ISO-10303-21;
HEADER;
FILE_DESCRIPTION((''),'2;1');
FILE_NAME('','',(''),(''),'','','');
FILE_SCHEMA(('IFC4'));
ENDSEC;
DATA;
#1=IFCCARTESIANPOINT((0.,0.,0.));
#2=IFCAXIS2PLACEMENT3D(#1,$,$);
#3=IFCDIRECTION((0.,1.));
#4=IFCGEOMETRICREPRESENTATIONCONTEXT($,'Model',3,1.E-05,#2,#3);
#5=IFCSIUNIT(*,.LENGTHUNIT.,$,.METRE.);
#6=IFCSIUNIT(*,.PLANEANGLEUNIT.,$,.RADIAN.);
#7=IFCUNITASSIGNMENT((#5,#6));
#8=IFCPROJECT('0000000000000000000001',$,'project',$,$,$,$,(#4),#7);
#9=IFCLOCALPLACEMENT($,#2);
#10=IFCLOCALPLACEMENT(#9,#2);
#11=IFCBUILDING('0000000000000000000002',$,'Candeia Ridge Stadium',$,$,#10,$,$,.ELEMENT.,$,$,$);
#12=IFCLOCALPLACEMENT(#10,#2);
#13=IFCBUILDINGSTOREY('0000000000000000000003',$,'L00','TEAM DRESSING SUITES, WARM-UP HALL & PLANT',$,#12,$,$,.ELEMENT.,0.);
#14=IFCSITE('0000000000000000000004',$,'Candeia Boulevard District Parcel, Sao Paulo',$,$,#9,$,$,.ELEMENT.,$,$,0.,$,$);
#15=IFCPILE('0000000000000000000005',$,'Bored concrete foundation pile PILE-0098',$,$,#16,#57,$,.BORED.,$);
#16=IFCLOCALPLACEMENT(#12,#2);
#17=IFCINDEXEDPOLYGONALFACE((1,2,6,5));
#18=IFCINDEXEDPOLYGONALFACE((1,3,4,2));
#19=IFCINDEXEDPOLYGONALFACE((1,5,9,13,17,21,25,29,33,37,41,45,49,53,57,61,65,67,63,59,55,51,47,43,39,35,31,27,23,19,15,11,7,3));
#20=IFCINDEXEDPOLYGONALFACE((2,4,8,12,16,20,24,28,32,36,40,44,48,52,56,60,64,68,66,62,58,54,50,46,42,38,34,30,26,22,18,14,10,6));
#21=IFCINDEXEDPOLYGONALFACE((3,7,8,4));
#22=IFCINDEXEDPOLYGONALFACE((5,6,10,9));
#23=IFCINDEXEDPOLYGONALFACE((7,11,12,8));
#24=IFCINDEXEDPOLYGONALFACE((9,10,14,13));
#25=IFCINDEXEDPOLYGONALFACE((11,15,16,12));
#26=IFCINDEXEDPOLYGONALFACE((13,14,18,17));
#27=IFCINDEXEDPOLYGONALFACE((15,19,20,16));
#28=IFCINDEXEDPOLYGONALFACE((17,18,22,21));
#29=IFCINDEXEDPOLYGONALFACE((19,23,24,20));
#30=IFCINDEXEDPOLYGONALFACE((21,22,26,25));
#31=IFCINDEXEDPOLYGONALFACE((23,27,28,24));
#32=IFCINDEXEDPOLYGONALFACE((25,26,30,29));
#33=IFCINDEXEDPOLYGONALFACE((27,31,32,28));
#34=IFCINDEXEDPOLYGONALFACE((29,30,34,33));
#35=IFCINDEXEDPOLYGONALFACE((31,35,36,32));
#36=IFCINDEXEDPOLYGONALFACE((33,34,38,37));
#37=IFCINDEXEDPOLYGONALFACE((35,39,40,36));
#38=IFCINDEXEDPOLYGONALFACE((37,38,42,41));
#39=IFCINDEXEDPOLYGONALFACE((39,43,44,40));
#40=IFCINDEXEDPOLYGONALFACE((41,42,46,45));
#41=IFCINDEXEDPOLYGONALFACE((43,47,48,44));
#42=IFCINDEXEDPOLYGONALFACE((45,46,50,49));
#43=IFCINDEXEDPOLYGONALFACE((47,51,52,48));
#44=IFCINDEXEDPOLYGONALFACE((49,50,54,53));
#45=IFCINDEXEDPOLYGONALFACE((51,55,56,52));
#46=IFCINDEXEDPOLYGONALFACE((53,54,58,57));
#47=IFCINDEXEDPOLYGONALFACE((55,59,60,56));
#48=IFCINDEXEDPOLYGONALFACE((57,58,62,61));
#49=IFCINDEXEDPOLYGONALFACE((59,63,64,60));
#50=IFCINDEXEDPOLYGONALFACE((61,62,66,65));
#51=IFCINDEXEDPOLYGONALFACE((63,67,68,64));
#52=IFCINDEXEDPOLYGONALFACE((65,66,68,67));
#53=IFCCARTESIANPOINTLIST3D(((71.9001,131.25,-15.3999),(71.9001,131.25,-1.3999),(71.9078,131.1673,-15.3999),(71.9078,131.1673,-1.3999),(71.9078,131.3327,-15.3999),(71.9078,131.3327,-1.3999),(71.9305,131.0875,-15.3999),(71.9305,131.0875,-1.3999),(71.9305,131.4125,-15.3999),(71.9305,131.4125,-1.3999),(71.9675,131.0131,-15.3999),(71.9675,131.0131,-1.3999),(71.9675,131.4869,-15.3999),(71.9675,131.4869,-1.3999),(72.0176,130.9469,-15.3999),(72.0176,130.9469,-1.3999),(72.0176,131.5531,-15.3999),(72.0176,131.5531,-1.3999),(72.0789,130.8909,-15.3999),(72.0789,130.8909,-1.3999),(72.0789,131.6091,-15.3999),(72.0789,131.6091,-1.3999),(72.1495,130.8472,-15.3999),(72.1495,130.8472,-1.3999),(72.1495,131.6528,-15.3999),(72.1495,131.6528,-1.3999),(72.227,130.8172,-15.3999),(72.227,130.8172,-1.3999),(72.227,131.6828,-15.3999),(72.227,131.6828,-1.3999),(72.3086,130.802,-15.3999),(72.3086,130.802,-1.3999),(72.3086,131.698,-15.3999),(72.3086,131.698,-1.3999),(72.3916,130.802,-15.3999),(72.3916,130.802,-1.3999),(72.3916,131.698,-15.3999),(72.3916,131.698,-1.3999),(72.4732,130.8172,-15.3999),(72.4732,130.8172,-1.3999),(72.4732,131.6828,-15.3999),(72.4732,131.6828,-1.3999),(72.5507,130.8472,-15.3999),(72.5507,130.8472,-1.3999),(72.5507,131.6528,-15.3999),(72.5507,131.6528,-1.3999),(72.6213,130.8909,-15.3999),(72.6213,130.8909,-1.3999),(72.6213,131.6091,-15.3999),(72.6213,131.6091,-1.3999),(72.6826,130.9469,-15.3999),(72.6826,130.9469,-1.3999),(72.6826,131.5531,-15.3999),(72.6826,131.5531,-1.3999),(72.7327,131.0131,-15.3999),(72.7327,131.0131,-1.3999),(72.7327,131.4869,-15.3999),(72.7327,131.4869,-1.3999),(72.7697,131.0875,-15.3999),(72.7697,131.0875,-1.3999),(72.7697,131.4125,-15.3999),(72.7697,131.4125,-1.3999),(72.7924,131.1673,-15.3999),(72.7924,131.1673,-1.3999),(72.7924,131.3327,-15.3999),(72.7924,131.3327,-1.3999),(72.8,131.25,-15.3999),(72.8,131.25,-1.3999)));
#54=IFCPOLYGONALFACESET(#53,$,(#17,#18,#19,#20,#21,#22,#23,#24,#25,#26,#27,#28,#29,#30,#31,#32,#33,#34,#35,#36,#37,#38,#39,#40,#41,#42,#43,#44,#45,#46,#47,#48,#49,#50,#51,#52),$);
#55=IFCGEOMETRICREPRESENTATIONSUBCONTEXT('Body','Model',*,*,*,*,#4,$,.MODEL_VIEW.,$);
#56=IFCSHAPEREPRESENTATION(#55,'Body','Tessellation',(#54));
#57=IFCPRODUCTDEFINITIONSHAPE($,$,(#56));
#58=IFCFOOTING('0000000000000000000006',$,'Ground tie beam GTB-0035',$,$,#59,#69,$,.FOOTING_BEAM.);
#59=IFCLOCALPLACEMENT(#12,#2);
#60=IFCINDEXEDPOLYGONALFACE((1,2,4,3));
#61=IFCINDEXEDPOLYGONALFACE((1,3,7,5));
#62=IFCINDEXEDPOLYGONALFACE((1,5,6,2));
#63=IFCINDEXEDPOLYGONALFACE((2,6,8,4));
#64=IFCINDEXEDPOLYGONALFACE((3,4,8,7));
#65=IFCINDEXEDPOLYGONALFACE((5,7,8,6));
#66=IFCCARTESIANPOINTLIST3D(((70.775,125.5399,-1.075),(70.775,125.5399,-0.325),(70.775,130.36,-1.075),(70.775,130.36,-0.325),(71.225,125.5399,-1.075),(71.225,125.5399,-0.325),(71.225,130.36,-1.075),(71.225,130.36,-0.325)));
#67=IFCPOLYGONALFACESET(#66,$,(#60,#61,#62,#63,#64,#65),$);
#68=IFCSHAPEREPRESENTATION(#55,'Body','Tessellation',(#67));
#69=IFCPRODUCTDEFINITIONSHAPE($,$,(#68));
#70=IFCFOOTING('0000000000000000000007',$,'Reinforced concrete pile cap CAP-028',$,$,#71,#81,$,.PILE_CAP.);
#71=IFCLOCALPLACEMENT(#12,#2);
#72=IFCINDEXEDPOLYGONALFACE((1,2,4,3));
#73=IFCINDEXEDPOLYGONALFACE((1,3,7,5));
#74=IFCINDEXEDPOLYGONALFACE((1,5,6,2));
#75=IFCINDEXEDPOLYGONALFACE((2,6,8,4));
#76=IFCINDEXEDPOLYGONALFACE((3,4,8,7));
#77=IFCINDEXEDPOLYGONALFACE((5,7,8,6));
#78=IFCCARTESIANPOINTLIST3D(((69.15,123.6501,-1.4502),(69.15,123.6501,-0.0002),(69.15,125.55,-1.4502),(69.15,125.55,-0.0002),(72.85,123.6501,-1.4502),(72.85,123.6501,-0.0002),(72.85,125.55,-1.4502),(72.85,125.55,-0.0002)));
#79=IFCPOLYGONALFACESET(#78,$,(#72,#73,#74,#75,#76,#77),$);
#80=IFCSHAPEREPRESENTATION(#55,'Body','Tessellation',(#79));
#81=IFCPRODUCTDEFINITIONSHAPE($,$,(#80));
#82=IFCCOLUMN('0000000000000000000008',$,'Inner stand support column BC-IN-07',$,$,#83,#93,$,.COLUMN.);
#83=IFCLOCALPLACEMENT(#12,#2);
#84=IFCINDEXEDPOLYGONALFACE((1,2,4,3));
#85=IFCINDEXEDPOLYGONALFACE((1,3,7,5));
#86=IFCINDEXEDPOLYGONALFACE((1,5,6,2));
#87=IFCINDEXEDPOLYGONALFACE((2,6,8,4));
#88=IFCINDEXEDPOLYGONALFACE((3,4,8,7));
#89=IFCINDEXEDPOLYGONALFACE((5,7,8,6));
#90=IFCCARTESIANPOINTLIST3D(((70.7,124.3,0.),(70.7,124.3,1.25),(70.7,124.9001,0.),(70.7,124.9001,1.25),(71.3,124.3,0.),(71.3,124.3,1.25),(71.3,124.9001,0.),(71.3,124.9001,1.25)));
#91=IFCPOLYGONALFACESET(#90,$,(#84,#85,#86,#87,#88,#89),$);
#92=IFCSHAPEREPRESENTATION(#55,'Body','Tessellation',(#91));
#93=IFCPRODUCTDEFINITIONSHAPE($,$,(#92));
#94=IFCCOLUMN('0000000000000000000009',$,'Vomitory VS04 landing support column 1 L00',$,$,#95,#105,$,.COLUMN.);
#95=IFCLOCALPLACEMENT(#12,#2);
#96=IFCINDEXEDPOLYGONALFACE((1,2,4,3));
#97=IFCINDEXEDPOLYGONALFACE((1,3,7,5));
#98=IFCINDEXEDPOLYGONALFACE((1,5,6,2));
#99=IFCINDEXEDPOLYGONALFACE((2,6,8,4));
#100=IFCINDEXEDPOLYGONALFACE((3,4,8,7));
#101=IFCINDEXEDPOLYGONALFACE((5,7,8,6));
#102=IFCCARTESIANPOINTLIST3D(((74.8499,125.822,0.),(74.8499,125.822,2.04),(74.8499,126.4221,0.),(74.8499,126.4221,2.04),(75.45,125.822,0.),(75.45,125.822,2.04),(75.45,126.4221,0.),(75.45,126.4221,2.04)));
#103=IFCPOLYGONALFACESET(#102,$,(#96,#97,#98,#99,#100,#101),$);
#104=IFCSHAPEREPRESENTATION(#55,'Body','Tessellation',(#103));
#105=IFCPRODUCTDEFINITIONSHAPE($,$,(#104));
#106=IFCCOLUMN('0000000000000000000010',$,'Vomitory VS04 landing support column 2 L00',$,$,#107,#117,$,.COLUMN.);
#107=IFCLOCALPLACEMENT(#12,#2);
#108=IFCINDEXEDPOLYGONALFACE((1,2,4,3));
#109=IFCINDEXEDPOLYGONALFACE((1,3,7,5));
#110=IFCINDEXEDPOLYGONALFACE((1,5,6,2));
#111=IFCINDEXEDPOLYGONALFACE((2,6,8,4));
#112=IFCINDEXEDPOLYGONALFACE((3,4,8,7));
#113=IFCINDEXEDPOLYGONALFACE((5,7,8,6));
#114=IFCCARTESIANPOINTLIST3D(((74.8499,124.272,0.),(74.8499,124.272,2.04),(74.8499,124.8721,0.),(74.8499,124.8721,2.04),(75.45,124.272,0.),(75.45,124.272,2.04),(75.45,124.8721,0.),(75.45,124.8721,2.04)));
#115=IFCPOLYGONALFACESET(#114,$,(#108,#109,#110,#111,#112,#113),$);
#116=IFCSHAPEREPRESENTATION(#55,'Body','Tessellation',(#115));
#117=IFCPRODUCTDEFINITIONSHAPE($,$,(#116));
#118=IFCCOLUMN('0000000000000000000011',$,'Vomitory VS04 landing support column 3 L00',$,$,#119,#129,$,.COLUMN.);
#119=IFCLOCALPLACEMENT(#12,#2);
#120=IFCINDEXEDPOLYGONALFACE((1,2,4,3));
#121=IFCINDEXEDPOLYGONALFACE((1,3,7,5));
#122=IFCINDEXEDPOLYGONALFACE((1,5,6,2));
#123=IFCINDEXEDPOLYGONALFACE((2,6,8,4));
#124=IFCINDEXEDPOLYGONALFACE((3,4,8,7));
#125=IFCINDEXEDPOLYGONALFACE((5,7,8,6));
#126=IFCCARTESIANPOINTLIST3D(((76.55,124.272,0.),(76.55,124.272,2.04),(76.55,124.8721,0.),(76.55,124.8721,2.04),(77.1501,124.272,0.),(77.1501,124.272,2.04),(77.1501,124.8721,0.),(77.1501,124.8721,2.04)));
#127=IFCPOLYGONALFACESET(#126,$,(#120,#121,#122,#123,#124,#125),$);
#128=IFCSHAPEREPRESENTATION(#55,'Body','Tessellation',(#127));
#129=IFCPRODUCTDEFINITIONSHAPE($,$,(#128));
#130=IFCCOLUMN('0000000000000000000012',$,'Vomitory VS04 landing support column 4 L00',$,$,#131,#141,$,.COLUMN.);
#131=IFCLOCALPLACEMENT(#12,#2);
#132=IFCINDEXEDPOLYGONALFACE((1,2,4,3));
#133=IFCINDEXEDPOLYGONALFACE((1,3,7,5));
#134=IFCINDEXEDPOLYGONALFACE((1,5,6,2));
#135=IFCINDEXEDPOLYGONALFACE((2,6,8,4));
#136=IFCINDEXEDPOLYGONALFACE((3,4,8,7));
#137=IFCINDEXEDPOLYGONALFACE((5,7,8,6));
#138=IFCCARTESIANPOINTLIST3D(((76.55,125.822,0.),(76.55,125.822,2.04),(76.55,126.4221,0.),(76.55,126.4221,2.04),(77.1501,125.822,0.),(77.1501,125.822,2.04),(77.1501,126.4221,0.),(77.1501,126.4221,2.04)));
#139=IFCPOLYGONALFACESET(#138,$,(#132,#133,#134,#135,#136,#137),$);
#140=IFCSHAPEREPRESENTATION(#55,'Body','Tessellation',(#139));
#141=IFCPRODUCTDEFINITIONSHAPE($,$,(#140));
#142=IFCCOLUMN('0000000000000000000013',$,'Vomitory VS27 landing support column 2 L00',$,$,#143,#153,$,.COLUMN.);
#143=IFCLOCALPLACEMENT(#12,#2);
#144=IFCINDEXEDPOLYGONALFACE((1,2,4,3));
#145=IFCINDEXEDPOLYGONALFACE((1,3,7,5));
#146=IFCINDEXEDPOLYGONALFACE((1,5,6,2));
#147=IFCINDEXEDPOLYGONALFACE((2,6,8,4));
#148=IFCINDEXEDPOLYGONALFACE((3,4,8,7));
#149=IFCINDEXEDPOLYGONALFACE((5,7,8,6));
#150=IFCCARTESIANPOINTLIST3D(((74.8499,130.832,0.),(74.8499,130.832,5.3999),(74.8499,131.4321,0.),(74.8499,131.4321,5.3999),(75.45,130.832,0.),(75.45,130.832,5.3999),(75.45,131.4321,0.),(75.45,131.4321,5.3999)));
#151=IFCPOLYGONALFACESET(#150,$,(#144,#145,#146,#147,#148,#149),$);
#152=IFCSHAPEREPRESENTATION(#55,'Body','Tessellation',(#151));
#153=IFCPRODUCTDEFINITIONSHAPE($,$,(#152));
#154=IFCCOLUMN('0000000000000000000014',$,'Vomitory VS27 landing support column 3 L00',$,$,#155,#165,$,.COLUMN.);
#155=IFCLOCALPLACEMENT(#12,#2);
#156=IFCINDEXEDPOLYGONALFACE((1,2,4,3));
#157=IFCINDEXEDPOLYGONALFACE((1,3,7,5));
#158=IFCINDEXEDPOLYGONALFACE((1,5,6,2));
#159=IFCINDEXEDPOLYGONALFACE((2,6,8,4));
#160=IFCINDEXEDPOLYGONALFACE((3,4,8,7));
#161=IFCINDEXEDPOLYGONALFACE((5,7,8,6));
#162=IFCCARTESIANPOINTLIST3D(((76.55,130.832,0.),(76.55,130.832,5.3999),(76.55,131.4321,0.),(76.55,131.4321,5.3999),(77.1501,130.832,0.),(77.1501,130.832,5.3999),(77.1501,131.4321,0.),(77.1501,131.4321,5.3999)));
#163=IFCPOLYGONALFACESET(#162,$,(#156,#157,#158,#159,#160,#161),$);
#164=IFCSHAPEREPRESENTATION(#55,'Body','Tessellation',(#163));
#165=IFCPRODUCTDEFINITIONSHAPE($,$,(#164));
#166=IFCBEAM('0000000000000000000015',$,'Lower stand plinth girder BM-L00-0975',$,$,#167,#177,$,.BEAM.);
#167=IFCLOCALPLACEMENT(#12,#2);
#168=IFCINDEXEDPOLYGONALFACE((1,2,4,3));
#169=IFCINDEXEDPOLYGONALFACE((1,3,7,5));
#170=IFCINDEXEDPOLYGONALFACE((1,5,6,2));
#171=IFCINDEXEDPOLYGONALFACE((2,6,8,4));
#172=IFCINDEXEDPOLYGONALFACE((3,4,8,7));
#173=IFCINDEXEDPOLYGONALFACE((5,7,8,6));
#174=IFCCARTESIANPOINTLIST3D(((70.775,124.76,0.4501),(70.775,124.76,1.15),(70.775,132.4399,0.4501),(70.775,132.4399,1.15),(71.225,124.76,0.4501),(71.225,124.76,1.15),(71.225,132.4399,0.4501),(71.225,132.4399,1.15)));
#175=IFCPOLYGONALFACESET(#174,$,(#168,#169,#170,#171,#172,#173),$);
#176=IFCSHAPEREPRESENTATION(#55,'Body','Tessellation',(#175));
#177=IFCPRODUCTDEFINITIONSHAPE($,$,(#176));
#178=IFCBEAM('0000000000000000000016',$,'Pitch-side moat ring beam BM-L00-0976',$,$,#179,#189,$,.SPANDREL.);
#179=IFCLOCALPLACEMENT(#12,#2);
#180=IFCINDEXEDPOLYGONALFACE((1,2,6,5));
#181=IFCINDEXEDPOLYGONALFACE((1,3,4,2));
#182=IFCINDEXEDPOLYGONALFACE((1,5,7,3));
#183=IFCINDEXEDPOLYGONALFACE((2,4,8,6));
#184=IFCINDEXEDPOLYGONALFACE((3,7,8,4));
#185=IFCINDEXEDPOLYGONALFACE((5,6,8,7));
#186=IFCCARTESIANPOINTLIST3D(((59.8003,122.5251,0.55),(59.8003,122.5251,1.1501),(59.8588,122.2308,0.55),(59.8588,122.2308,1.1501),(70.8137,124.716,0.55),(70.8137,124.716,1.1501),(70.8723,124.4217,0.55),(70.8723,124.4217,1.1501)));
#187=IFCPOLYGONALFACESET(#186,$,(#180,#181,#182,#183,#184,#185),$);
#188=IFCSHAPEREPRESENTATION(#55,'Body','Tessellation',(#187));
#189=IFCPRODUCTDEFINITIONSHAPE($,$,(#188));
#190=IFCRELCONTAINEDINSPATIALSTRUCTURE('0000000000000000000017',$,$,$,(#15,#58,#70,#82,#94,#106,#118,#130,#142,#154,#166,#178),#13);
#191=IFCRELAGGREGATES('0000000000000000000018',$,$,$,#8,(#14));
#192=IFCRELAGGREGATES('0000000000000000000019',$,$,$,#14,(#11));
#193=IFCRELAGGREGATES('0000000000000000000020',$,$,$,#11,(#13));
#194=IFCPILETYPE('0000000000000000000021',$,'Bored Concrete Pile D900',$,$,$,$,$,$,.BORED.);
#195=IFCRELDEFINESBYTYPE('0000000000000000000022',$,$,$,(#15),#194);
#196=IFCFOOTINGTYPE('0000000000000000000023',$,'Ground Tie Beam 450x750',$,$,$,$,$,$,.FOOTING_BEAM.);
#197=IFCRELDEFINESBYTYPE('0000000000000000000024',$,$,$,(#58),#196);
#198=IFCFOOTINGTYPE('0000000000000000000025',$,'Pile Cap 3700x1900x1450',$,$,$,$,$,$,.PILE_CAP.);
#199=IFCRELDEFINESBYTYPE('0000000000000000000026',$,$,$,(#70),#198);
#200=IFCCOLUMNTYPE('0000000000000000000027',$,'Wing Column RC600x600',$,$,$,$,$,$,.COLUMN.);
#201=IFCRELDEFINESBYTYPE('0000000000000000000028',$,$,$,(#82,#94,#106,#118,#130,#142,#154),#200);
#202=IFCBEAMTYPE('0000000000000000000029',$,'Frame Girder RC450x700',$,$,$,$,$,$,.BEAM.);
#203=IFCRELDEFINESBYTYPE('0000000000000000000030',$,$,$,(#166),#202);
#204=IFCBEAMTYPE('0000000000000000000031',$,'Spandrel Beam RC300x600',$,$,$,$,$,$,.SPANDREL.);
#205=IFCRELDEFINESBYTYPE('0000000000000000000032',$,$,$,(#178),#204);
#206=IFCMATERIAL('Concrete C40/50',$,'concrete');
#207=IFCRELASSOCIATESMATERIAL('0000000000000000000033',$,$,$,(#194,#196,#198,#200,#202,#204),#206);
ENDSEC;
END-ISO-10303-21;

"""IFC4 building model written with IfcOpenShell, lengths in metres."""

from ifc_helpers import new_model, si_unit, direction, frame, origin, origin_2d, place, context, subcontext, project, spatial, rectangle, circle, extrude, material, material_profile, profile_set, type_object, element, save


model = new_model("IFC4")

# Units and contexts
model_context = context("Model", 3, precision=1e-05, world=origin(), true_north=direction((0.0, 1.0)))
body_context = subcontext(model_context, "Body", "Model", "MODEL_VIEW")
ifc_project = project(units=[si_unit("LENGTHUNIT", "METRE"), si_unit("PLANEANGLEUNIT", "RADIAN")], contexts=[model_context])

# Site, building, storey
site_placement = place(None, origin())
site = spatial("IfcSite", under=ifc_project, at=site_placement, Name="Candeia Boulevard District Parcel, Sao Paulo", CompositionType="ELEMENT", RefElevation=0.0)
building_placement = place(site_placement, origin())
building = spatial("IfcBuilding", under=site, at=building_placement, Name="Candeia Ridge Stadium", CompositionType="ELEMENT")
storey_placement = place(building_placement, origin())
storey = spatial("IfcBuildingStorey", under=building, at=storey_placement, Name="L00", Description="TEAM DRESSING SUITES, WARM-UP HALL & PLANT", CompositionType="ELEMENT", Elevation=0.0)

# Pile
ifc_material_1 = material(Name="Concrete C40/50", Category="concrete")
ifc_material_profile_1 = material_profile(ifc_material_1, circle(Radius=0.45, at=origin_2d()), Name="PILE-D900", Category="concrete")
ifc_profile_set_1 = profile_set([ifc_material_profile_1], Name="Concrete C40/50")
pile_type_1 = type_object("IfcPileType", Name="Bored Concrete Pile D900", PredefinedType="BORED", material=ifc_profile_set_1)
pile_1_placement = place(storey_placement, frame((72.3501, 131.25, -1.3999), z_axis=(0.0, 0.0, -1.0), x_axis=(1.0, 0.0, 0.0)))
element("IfcPile", 1, at=pile_1_placement, inside=storey, type_object=pile_type_1, Name="Bored concrete foundation pile PILE-0098", PredefinedType="BORED", context=body_context, shape_type="SweptSolid", body=[
    extrude(circle(Radius=0.45, at=origin_2d()), origin(), (0.0, 0.0, 1.0), 14.0),
])

# Footings
footing_type_1 = type_object("IfcFootingType", Name="Ground Tie Beam 450x750", PredefinedType="FOOTING_BEAM", material=ifc_material_1)
footing_1_placement = place(storey_placement, frame((71.0, 127.95, -1.075), z_axis=(0.0, 0.0, 1.0), x_axis=(0.0, 1.0, 0.0)))
element("IfcFooting", 2, at=footing_1_placement, inside=storey, type_object=footing_type_1, Name="Ground tie beam GTB-0035", PredefinedType="FOOTING_BEAM", context=body_context, shape_type="SweptSolid", body=[
    extrude(rectangle(XDim=4.8201, YDim=0.45, at=origin_2d()), origin(), (0.0, 0.0, 1.0), 0.75),
])
footing_type_2 = type_object("IfcFootingType", Name="Pile Cap 3700x1900x1450", PredefinedType="PILE_CAP", material=ifc_material_1)
footing_2_placement = place(storey_placement, frame((71.0, 124.6001, -1.4502), z_axis=(0.0, 0.0, 1.0), x_axis=(1.0, 0.0, 0.0)))
element("IfcFooting", 3, at=footing_2_placement, inside=storey, type_object=footing_type_2, Name="Reinforced concrete pile cap CAP-028", PredefinedType="PILE_CAP", context=body_context, shape_type="SweptSolid", body=[
    extrude(rectangle(XDim=3.7, YDim=1.8999, at=origin_2d()), origin(), (0.0, 0.0, 1.0), 1.45),
])

# Columns
ifc_material_profile_2 = material_profile(ifc_material_1, rectangle(XDim=0.6001, YDim=0.6001, at=origin_2d()), Name="RC600x600", Category="concrete")
ifc_profile_set_2 = profile_set([ifc_material_profile_2], Name="Concrete C40/50")
column_type = type_object("IfcColumnType", Name="Wing Column RC600x600", PredefinedType="COLUMN", material=ifc_profile_set_2)
column_placement = place(storey_placement, frame((71.0, 124.6001, 0.0), z_axis=(0.0, 0.0, 1.0), x_axis=(1.0, 0.0, 0.0)))
element("IfcColumn", 4, at=column_placement, inside=storey, type_object=column_type, Name="Inner stand support column BC-IN-07", PredefinedType="COLUMN", context=body_context, shape_type="SweptSolid", body=[
    extrude(rectangle(XDim=0.6001, YDim=0.6001, at=origin_2d()), origin(), (0.0, 0.0, 1.0), 1.25),
])
for number, where, z_axis, x_axis, name in (
    (5, (75.1499, 126.1221, 0.0), (0.0, 0.0, 1.0), (1.0, 0.0, 0.0), "Vomitory VS04 landing support column 1 L00"),
    (6, (75.1499, 124.572, 0.0), (0.0, 0.0, 1.0), (1.0, 0.0, 0.0), "Vomitory VS04 landing support column 2 L00"),
    (7, (76.8501, 124.572, 0.0), (0.0, 0.0, 1.0), (1.0, 0.0, 0.0), "Vomitory VS04 landing support column 3 L00"),
    (8, (76.8501, 126.1221, 0.0), (0.0, 0.0, 1.0), (1.0, 0.0, 0.0), "Vomitory VS04 landing support column 4 L00"),
):
    element("IfcColumn", number, at=place(storey_placement, frame(where, z_axis=z_axis, x_axis=x_axis)), inside=storey, type_object=column_type, Name=name, PredefinedType="COLUMN", context=body_context, shape_type="SweptSolid", body=[
        extrude(rectangle(XDim=0.6001, YDim=0.6001, at=origin_2d()), origin(), (0.0, 0.0, 1.0), 2.04),
    ])
for number, where, z_axis, x_axis, name in (
    (9, (75.1499, 131.1321, 0.0), (0.0, 0.0, 1.0), (1.0, 0.0, 0.0), "Vomitory VS27 landing support column 2 L00"),
    (10, (76.8501, 131.1321, 0.0), (0.0, 0.0, 1.0), (1.0, 0.0, 0.0), "Vomitory VS27 landing support column 3 L00"),
):
    element("IfcColumn", number, at=place(storey_placement, frame(where, z_axis=z_axis, x_axis=x_axis)), inside=storey, type_object=column_type, Name=name, PredefinedType="COLUMN", context=body_context, shape_type="SweptSolid", body=[
        extrude(rectangle(XDim=0.6001, YDim=0.6001, at=origin_2d()), origin(), (0.0, 0.0, 1.0), 5.3999),
    ])

# Beams
ifc_material_profile_3 = material_profile(ifc_material_1, rectangle(XDim=0.45, YDim=0.7, at=origin_2d()), Name="RC450x700", Category="concrete")
ifc_profile_set_3 = profile_set([ifc_material_profile_3], Name="Concrete C40/50")
beam_type_1 = type_object("IfcBeamType", Name="Frame Girder RC450x700", PredefinedType="BEAM", material=ifc_profile_set_3)
beam_1_placement = place(storey_placement, frame((71.0, 124.76, 0.8), z_axis=(0.0, 1.0, 0.0), x_axis=(-1.0, 0.0, 0.0)))
element("IfcBeam", 11, at=beam_1_placement, inside=storey, type_object=beam_type_1, Name="Lower stand plinth girder BM-L00-0975", PredefinedType="BEAM", context=body_context, shape_type="SweptSolid", body=[
    extrude(rectangle(XDim=0.45, YDim=0.7, at=origin_2d()), origin(), (0.0, 0.0, 1.0), 7.6799),
])
ifc_material_profile_4 = material_profile(ifc_material_1, rectangle(XDim=0.3, YDim=0.6001, at=origin_2d()), Name="RC300x600", Category="concrete")
ifc_profile_set_4 = profile_set([ifc_material_profile_4], Name="Concrete C40/50")
beam_type_2 = type_object("IfcBeamType", Name="Spandrel Beam RC300x600", PredefinedType="SPANDREL", material=ifc_profile_set_4)
beam_2_placement = place(storey_placement, frame((70.843, 124.5688, 0.8501), z_axis=(-0.980782, -0.195108, 0.0), x_axis=(0.195108, -0.980782, 0.0)))
element("IfcBeam", 12, at=beam_2_placement, inside=storey, type_object=beam_type_2, Name="Pitch-side moat ring beam BM-L00-0976", PredefinedType="SPANDREL", context=body_context, shape_type="SweptSolid", body=[
    extrude(rectangle(XDim=0.3, YDim=0.6001, at=origin_2d()), origin(), (0.0, 0.0, 1.0), 11.2292),
])

save(model, "model.ifc")
